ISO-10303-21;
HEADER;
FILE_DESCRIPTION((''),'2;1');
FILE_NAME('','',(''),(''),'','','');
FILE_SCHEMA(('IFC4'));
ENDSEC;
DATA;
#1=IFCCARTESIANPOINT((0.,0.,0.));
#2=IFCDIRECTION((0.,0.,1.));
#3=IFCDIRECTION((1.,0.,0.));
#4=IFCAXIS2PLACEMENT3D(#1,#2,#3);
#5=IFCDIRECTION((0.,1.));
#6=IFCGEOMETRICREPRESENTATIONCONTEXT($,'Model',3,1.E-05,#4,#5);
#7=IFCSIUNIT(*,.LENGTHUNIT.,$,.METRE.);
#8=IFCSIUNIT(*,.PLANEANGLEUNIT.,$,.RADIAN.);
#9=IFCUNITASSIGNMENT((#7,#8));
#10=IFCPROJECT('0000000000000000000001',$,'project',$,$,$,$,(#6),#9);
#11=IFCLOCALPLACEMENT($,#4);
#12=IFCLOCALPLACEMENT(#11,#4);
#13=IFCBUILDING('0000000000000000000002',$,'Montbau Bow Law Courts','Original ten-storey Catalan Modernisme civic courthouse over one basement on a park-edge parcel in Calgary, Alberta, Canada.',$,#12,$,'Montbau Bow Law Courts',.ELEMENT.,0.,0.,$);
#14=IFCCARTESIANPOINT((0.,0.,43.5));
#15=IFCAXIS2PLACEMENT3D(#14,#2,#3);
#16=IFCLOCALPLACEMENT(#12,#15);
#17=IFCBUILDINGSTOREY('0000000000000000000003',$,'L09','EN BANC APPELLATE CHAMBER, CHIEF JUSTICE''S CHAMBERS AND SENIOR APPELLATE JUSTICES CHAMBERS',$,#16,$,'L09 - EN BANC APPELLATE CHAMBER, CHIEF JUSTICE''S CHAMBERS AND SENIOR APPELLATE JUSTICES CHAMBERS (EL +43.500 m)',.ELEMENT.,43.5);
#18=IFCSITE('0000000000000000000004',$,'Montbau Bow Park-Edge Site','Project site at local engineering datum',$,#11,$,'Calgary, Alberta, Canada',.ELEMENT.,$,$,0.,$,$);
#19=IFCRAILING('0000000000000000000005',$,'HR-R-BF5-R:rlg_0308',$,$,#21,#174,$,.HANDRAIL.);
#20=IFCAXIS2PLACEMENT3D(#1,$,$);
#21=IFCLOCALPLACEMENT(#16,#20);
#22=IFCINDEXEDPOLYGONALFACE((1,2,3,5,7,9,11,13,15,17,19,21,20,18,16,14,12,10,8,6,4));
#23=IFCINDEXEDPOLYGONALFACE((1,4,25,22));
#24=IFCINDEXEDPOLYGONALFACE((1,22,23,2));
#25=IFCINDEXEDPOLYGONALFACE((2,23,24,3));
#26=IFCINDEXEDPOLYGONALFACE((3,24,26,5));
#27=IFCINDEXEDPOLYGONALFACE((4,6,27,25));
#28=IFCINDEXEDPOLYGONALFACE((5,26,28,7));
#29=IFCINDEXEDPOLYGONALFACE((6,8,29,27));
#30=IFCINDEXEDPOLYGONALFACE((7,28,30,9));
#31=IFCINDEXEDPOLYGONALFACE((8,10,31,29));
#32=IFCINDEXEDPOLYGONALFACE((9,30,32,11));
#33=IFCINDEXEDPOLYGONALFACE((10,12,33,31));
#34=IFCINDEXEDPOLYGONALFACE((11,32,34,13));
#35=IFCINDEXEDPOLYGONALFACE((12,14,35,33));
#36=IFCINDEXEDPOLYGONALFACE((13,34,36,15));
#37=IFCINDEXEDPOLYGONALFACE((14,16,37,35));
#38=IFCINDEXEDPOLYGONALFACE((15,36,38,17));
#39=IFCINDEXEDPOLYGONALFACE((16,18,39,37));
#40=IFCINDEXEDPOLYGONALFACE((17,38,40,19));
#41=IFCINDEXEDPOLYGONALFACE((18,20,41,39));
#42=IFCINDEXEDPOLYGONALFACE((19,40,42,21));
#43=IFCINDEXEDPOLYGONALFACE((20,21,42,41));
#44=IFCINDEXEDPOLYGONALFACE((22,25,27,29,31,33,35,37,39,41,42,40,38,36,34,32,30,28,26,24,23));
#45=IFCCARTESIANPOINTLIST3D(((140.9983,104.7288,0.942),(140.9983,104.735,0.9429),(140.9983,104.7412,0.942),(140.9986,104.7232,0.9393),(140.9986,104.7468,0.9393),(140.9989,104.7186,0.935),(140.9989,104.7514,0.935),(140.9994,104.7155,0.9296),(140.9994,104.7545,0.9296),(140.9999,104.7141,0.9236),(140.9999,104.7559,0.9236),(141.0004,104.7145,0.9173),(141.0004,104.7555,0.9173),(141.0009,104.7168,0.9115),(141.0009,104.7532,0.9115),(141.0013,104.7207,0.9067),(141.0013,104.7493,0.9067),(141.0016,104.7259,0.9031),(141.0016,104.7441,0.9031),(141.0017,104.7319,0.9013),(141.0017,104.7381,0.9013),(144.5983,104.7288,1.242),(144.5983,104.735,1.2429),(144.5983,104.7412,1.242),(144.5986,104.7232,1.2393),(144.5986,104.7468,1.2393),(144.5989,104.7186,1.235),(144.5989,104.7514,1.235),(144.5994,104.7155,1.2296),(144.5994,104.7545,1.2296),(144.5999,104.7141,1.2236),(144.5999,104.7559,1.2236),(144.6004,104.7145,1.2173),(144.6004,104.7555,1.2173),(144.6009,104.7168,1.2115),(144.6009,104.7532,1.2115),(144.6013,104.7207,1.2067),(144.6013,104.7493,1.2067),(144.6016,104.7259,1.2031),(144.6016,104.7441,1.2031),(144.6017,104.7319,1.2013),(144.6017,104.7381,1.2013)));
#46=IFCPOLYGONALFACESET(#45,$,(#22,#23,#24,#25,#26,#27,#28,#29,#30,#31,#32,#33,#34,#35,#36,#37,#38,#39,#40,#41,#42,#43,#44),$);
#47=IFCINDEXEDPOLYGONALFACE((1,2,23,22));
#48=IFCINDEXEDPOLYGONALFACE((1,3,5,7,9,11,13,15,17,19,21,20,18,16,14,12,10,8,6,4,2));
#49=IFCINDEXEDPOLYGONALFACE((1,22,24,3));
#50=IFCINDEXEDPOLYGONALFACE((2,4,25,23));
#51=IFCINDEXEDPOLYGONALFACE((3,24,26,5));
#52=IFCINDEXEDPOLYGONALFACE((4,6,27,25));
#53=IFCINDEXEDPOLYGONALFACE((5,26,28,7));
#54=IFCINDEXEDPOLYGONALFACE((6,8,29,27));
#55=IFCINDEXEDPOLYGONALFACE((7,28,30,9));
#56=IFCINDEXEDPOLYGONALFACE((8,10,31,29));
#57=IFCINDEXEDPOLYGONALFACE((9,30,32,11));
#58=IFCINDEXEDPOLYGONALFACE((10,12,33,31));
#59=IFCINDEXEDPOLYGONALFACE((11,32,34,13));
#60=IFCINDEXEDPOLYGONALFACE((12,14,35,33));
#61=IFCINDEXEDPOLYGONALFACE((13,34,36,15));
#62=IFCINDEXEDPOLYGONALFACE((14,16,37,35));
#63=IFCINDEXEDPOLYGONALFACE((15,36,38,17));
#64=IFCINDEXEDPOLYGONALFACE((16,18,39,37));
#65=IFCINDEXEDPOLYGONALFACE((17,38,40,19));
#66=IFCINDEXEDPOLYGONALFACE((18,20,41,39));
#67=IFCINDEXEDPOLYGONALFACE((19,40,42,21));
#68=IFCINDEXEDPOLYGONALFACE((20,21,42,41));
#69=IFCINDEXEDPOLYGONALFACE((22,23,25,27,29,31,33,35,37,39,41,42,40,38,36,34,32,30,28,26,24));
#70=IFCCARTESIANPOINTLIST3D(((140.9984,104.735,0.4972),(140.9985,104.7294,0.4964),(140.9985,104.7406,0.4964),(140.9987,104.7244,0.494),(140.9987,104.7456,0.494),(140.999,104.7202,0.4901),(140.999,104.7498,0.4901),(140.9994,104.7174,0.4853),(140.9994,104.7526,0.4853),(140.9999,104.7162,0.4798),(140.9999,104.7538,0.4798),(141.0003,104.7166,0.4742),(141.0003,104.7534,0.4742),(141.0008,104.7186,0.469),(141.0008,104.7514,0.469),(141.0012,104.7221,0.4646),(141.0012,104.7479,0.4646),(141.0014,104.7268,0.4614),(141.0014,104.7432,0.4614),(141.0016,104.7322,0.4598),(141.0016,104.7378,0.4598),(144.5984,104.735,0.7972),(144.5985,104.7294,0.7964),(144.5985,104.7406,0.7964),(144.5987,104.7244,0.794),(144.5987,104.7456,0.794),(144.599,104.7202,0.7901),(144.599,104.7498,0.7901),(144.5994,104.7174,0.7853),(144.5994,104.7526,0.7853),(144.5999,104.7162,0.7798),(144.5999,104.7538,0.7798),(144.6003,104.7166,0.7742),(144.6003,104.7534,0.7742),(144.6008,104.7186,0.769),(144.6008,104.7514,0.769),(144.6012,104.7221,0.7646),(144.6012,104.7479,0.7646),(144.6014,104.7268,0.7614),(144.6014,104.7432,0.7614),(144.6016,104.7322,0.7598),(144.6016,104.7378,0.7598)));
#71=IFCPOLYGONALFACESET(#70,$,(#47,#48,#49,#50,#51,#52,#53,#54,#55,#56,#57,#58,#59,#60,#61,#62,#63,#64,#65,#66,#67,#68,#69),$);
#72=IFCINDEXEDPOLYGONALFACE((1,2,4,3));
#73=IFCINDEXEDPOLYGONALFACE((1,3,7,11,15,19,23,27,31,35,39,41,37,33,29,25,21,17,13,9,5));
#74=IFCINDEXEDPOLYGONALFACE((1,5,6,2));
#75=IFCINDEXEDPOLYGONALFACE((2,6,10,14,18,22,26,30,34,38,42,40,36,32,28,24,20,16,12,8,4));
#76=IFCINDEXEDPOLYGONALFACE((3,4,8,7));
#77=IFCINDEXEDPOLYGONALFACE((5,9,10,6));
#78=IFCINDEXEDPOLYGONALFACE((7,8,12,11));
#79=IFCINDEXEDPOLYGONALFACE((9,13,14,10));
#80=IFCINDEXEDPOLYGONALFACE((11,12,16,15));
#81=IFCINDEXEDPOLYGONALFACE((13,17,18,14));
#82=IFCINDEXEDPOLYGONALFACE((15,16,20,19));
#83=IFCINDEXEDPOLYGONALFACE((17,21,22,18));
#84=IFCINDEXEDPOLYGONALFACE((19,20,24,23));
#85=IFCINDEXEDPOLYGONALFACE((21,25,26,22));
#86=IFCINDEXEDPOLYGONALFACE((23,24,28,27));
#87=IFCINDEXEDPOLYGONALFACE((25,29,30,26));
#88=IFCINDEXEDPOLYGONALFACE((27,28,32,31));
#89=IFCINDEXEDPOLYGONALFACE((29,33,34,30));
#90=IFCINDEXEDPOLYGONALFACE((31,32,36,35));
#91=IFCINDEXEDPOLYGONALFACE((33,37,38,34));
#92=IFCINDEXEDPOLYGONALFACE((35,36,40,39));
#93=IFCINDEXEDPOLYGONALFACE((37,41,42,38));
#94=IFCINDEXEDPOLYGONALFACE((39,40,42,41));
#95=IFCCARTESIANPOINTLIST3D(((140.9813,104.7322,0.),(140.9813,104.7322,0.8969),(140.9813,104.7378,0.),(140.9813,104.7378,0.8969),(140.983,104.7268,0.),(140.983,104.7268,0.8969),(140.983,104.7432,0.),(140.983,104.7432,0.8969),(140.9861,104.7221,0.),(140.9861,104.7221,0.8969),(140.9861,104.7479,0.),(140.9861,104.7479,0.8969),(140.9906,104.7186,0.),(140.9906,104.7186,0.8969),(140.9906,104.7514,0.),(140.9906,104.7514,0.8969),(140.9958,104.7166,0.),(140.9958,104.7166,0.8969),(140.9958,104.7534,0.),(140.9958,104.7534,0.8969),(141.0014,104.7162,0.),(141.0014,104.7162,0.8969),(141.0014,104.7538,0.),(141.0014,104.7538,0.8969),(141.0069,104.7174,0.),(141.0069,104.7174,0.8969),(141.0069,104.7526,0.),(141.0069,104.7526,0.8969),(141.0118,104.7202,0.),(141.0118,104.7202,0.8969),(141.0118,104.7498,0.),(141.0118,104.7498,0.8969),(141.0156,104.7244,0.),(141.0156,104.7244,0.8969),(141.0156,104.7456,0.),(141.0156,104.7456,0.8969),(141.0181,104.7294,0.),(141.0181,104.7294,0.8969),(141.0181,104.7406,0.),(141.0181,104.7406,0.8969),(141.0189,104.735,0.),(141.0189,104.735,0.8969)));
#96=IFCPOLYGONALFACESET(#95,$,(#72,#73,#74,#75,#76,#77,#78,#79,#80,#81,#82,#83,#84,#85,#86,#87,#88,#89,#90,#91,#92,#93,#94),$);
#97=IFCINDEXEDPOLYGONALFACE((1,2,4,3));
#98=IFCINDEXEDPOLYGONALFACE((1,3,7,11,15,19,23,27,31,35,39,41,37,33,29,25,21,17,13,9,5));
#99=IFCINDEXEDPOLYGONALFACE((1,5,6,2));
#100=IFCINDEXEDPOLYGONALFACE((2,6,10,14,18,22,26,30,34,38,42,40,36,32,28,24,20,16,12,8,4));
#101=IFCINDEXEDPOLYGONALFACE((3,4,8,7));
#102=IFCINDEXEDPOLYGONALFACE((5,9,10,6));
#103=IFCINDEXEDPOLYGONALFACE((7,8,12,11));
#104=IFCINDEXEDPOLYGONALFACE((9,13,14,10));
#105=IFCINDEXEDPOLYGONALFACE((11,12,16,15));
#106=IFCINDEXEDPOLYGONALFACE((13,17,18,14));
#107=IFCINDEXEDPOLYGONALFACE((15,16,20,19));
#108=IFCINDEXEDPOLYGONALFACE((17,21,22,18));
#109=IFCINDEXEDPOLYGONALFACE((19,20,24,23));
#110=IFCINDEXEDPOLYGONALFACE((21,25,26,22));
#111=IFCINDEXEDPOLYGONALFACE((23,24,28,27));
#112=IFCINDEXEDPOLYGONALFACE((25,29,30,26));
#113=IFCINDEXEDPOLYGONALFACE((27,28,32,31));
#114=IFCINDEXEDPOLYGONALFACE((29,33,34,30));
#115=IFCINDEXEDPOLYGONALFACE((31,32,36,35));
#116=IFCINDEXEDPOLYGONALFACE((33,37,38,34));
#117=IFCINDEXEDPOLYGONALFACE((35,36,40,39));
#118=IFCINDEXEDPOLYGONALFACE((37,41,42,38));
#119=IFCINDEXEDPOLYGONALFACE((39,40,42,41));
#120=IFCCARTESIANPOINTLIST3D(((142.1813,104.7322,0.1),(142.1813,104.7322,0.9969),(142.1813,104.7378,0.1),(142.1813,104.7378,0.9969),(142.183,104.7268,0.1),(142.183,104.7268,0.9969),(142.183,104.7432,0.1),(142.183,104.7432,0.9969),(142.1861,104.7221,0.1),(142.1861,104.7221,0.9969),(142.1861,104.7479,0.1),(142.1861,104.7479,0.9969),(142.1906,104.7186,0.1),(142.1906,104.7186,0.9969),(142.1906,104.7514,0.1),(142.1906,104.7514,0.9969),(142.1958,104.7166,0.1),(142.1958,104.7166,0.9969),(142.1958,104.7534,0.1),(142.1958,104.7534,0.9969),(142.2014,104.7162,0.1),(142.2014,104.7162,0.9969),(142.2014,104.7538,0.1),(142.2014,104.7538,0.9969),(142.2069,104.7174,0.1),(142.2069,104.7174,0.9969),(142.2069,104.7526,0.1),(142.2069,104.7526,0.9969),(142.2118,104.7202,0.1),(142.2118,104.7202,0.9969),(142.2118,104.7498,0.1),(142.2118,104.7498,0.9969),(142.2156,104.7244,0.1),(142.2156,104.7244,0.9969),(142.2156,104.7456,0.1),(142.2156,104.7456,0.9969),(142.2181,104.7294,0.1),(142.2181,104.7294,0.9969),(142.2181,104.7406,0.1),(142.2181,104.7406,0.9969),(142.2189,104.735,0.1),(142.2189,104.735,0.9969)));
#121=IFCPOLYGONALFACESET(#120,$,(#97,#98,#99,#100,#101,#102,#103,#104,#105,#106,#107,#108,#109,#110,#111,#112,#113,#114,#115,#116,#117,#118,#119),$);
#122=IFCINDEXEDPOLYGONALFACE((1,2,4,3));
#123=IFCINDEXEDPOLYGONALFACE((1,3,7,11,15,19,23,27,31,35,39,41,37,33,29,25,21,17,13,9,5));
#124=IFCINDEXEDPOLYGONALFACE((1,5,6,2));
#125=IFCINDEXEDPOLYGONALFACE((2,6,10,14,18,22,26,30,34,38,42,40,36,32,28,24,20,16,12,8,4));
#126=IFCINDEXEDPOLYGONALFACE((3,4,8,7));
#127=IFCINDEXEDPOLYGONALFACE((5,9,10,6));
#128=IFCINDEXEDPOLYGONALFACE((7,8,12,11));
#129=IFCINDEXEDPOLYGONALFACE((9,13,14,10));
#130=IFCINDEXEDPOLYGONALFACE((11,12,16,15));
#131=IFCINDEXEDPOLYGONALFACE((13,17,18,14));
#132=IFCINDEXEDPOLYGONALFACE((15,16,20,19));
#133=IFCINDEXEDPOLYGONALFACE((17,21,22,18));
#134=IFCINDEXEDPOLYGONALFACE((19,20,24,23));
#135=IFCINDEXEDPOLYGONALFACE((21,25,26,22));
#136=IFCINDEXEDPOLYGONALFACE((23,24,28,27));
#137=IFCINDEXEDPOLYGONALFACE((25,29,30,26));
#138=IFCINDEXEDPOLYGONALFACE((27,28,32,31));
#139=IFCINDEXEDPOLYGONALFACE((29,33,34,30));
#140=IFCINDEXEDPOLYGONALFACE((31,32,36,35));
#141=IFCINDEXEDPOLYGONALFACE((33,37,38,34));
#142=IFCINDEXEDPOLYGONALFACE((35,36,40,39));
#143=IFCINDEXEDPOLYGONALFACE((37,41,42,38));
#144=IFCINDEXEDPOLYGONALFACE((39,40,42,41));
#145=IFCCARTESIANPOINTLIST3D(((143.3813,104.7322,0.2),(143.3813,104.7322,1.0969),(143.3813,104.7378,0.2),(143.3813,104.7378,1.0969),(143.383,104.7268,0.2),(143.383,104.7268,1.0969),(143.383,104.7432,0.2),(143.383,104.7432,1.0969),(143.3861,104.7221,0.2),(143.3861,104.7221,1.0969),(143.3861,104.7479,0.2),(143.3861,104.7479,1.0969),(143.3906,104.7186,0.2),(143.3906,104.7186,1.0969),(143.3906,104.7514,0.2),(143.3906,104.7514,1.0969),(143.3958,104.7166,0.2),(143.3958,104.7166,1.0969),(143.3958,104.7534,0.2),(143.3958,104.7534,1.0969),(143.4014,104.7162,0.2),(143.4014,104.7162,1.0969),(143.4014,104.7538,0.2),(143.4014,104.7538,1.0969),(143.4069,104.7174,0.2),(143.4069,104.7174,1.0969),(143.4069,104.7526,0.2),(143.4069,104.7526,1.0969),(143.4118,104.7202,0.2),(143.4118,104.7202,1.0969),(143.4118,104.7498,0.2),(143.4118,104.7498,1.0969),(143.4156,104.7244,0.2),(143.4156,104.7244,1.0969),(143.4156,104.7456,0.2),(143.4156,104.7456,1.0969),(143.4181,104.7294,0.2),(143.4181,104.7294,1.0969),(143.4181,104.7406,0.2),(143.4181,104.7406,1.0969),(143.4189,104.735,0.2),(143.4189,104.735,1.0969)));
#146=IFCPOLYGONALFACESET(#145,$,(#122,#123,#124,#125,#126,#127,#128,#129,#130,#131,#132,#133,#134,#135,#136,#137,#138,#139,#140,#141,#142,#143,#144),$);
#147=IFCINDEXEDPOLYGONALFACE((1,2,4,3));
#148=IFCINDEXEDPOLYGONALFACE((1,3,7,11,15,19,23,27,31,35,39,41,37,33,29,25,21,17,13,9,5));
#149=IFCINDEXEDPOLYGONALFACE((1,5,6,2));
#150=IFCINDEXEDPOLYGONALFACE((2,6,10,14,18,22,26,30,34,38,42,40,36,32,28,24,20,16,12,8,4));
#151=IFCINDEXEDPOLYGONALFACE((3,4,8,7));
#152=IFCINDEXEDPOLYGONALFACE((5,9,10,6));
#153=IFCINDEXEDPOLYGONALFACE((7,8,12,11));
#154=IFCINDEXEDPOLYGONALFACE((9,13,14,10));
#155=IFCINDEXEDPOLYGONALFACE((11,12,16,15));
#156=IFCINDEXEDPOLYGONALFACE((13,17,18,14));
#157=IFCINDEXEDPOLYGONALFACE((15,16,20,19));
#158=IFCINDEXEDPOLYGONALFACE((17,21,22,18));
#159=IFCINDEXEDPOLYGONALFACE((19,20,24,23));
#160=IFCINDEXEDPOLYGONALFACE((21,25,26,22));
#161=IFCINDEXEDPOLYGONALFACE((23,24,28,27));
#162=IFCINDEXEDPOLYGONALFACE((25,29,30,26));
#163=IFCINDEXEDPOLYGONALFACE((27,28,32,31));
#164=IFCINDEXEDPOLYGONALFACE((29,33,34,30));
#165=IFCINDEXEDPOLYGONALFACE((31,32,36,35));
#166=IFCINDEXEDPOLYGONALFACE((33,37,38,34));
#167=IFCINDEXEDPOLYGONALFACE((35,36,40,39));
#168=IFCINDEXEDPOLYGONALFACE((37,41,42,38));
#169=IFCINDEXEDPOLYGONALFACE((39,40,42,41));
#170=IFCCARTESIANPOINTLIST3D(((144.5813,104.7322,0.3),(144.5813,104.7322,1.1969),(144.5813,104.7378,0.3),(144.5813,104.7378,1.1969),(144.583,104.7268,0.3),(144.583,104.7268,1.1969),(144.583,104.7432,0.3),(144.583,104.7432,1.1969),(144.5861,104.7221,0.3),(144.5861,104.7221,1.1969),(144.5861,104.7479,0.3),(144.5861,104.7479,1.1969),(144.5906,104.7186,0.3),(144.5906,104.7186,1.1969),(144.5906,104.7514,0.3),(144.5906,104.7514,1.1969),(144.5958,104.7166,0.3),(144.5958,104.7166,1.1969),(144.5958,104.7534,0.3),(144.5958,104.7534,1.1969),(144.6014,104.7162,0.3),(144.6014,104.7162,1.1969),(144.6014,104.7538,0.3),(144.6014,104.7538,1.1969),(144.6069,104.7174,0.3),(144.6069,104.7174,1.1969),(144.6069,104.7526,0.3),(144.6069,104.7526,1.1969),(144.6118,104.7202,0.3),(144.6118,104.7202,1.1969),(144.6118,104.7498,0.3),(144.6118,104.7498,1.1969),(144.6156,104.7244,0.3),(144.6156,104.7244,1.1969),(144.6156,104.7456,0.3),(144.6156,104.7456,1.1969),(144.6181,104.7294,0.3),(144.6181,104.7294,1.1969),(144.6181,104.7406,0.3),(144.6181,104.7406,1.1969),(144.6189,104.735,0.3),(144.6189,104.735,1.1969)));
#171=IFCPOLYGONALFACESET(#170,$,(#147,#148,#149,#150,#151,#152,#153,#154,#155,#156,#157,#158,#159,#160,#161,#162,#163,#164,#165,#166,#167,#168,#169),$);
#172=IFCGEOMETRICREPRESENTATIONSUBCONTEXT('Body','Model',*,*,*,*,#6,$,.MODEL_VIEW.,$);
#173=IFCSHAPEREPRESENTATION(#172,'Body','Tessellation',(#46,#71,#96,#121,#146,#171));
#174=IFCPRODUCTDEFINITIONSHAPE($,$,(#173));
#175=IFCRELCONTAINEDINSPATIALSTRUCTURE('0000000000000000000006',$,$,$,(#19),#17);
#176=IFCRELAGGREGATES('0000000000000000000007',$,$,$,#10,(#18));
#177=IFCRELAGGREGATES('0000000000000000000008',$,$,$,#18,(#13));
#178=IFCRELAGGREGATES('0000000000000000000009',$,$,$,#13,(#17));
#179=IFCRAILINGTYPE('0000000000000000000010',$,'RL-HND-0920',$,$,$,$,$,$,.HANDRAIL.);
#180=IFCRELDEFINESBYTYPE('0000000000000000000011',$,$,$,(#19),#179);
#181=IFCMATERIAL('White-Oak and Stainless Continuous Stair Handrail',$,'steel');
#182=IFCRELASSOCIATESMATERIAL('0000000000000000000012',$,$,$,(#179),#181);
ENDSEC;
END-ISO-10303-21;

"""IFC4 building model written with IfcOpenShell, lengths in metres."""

from ifc_helpers import new_model, si_unit, direction, frame, origin_with_axes, origin_2d_with_axis, place, context, subcontext, project, spatial, circle, extrude, material, type_object, element, save


model = new_model("IFC4")

# Units and contexts
model_context = context("Model", 3, precision=1e-05, world=origin_with_axes(), true_north=direction((0.0, 1.0)))
body_context = subcontext(model_context, "Body", "Model", "MODEL_VIEW")
ifc_project = project(units=[si_unit("LENGTHUNIT", "METRE"), si_unit("PLANEANGLEUNIT", "RADIAN")], contexts=[model_context])

# Site, building, storey
site_placement = place(None, origin_with_axes())
site = spatial("IfcSite", under=ifc_project, at=site_placement, Name="Montbau Bow Park-Edge Site", Description="Project site at local engineering datum", LongName="Calgary, Alberta, Canada", CompositionType="ELEMENT", RefElevation=0.0)
building_placement = place(site_placement, origin_with_axes())
building = spatial("IfcBuilding", under=site, at=building_placement, Name="Montbau Bow Law Courts", Description="Original ten-storey Catalan Modernisme civic courthouse over one basement on a park-edge parcel in Calgary, Alberta, Canada.", LongName="Montbau Bow Law Courts", CompositionType="ELEMENT", ElevationOfRefHeight=0.0, ElevationOfTerrain=0.0)
storey_placement = place(building_placement, frame((0.0, 0.0, 43.5), z_axis=(0.0, 0.0, 1.0), x_axis=(1.0, 0.0, 0.0)))
storey = spatial("IfcBuildingStorey", under=building, at=storey_placement, Name="L09", Description="EN BANC APPELLATE CHAMBER, CHIEF JUSTICE'S CHAMBERS AND SENIOR APPELLATE JUSTICES CHAMBERS", LongName="L09 - EN BANC APPELLATE CHAMBER, CHIEF JUSTICE'S CHAMBERS AND SENIOR APPELLATE JUSTICES CHAMBERS (EL +43.500 m)", CompositionType="ELEMENT", Elevation=43.5)

# Railing
ifc_material_1 = material(Name="White-Oak and Stainless Continuous Stair Handrail", Category="steel")
railing_type_1 = type_object("IfcRailingType", Name="RL-HND-0920", PredefinedType="HANDRAIL", material=ifc_material_1)
railing_1_placement = place(None, origin_with_axes())
element("IfcRailing", 1, at=railing_1_placement, inside=storey, type_object=railing_type_1, Name="HR-R-BF5-R:rlg_0308", PredefinedType="HANDRAIL", context=body_context, shape_type="SweptSolid", body=[
    extrude(circle(Radius=0.021, at=origin_2d_with_axis()), frame((141.0, 104.735, 44.422), z_axis=(0.996546, 0.0, 0.083045), x_axis=(-0.083045, 0.0, 0.996546)), (0.0, 0.0, 1.0), 3.6125),
    extrude(circle(Radius=0.0189, at=origin_2d_with_axis()), frame((141.0, 104.735, 43.9784), z_axis=(0.996546, 0.0, 0.083045), x_axis=(-0.083045, 0.0, 0.996546)), (0.0, 0.0, 1.0), 3.6125),
    extrude(circle(Radius=0.0189, at=origin_2d_with_axis()), frame((141.0, 104.735, 43.5), z_axis=(0.0, 0.0, 1.0), x_axis=(1.0, 0.0, 0.0)), (0.0, 0.0, 1.0), 0.8969),
    extrude(circle(Radius=0.0189, at=origin_2d_with_axis()), frame((142.2, 104.735, 43.6), z_axis=(0.0, 0.0, 1.0), x_axis=(1.0, 0.0, 0.0)), (0.0, 0.0, 1.0), 0.8969),
    extrude(circle(Radius=0.0189, at=origin_2d_with_axis()), frame((143.4, 104.735, 43.7), z_axis=(0.0, 0.0, 1.0), x_axis=(1.0, 0.0, 0.0)), (0.0, 0.0, 1.0), 0.8969),
    extrude(circle(Radius=0.0189, at=origin_2d_with_axis()), frame((144.6, 104.735, 43.8), z_axis=(0.0, 0.0, 1.0), x_axis=(1.0, 0.0, 0.0)), (0.0, 0.0, 1.0), 0.8969),
])

save(model, "model.ifc")
